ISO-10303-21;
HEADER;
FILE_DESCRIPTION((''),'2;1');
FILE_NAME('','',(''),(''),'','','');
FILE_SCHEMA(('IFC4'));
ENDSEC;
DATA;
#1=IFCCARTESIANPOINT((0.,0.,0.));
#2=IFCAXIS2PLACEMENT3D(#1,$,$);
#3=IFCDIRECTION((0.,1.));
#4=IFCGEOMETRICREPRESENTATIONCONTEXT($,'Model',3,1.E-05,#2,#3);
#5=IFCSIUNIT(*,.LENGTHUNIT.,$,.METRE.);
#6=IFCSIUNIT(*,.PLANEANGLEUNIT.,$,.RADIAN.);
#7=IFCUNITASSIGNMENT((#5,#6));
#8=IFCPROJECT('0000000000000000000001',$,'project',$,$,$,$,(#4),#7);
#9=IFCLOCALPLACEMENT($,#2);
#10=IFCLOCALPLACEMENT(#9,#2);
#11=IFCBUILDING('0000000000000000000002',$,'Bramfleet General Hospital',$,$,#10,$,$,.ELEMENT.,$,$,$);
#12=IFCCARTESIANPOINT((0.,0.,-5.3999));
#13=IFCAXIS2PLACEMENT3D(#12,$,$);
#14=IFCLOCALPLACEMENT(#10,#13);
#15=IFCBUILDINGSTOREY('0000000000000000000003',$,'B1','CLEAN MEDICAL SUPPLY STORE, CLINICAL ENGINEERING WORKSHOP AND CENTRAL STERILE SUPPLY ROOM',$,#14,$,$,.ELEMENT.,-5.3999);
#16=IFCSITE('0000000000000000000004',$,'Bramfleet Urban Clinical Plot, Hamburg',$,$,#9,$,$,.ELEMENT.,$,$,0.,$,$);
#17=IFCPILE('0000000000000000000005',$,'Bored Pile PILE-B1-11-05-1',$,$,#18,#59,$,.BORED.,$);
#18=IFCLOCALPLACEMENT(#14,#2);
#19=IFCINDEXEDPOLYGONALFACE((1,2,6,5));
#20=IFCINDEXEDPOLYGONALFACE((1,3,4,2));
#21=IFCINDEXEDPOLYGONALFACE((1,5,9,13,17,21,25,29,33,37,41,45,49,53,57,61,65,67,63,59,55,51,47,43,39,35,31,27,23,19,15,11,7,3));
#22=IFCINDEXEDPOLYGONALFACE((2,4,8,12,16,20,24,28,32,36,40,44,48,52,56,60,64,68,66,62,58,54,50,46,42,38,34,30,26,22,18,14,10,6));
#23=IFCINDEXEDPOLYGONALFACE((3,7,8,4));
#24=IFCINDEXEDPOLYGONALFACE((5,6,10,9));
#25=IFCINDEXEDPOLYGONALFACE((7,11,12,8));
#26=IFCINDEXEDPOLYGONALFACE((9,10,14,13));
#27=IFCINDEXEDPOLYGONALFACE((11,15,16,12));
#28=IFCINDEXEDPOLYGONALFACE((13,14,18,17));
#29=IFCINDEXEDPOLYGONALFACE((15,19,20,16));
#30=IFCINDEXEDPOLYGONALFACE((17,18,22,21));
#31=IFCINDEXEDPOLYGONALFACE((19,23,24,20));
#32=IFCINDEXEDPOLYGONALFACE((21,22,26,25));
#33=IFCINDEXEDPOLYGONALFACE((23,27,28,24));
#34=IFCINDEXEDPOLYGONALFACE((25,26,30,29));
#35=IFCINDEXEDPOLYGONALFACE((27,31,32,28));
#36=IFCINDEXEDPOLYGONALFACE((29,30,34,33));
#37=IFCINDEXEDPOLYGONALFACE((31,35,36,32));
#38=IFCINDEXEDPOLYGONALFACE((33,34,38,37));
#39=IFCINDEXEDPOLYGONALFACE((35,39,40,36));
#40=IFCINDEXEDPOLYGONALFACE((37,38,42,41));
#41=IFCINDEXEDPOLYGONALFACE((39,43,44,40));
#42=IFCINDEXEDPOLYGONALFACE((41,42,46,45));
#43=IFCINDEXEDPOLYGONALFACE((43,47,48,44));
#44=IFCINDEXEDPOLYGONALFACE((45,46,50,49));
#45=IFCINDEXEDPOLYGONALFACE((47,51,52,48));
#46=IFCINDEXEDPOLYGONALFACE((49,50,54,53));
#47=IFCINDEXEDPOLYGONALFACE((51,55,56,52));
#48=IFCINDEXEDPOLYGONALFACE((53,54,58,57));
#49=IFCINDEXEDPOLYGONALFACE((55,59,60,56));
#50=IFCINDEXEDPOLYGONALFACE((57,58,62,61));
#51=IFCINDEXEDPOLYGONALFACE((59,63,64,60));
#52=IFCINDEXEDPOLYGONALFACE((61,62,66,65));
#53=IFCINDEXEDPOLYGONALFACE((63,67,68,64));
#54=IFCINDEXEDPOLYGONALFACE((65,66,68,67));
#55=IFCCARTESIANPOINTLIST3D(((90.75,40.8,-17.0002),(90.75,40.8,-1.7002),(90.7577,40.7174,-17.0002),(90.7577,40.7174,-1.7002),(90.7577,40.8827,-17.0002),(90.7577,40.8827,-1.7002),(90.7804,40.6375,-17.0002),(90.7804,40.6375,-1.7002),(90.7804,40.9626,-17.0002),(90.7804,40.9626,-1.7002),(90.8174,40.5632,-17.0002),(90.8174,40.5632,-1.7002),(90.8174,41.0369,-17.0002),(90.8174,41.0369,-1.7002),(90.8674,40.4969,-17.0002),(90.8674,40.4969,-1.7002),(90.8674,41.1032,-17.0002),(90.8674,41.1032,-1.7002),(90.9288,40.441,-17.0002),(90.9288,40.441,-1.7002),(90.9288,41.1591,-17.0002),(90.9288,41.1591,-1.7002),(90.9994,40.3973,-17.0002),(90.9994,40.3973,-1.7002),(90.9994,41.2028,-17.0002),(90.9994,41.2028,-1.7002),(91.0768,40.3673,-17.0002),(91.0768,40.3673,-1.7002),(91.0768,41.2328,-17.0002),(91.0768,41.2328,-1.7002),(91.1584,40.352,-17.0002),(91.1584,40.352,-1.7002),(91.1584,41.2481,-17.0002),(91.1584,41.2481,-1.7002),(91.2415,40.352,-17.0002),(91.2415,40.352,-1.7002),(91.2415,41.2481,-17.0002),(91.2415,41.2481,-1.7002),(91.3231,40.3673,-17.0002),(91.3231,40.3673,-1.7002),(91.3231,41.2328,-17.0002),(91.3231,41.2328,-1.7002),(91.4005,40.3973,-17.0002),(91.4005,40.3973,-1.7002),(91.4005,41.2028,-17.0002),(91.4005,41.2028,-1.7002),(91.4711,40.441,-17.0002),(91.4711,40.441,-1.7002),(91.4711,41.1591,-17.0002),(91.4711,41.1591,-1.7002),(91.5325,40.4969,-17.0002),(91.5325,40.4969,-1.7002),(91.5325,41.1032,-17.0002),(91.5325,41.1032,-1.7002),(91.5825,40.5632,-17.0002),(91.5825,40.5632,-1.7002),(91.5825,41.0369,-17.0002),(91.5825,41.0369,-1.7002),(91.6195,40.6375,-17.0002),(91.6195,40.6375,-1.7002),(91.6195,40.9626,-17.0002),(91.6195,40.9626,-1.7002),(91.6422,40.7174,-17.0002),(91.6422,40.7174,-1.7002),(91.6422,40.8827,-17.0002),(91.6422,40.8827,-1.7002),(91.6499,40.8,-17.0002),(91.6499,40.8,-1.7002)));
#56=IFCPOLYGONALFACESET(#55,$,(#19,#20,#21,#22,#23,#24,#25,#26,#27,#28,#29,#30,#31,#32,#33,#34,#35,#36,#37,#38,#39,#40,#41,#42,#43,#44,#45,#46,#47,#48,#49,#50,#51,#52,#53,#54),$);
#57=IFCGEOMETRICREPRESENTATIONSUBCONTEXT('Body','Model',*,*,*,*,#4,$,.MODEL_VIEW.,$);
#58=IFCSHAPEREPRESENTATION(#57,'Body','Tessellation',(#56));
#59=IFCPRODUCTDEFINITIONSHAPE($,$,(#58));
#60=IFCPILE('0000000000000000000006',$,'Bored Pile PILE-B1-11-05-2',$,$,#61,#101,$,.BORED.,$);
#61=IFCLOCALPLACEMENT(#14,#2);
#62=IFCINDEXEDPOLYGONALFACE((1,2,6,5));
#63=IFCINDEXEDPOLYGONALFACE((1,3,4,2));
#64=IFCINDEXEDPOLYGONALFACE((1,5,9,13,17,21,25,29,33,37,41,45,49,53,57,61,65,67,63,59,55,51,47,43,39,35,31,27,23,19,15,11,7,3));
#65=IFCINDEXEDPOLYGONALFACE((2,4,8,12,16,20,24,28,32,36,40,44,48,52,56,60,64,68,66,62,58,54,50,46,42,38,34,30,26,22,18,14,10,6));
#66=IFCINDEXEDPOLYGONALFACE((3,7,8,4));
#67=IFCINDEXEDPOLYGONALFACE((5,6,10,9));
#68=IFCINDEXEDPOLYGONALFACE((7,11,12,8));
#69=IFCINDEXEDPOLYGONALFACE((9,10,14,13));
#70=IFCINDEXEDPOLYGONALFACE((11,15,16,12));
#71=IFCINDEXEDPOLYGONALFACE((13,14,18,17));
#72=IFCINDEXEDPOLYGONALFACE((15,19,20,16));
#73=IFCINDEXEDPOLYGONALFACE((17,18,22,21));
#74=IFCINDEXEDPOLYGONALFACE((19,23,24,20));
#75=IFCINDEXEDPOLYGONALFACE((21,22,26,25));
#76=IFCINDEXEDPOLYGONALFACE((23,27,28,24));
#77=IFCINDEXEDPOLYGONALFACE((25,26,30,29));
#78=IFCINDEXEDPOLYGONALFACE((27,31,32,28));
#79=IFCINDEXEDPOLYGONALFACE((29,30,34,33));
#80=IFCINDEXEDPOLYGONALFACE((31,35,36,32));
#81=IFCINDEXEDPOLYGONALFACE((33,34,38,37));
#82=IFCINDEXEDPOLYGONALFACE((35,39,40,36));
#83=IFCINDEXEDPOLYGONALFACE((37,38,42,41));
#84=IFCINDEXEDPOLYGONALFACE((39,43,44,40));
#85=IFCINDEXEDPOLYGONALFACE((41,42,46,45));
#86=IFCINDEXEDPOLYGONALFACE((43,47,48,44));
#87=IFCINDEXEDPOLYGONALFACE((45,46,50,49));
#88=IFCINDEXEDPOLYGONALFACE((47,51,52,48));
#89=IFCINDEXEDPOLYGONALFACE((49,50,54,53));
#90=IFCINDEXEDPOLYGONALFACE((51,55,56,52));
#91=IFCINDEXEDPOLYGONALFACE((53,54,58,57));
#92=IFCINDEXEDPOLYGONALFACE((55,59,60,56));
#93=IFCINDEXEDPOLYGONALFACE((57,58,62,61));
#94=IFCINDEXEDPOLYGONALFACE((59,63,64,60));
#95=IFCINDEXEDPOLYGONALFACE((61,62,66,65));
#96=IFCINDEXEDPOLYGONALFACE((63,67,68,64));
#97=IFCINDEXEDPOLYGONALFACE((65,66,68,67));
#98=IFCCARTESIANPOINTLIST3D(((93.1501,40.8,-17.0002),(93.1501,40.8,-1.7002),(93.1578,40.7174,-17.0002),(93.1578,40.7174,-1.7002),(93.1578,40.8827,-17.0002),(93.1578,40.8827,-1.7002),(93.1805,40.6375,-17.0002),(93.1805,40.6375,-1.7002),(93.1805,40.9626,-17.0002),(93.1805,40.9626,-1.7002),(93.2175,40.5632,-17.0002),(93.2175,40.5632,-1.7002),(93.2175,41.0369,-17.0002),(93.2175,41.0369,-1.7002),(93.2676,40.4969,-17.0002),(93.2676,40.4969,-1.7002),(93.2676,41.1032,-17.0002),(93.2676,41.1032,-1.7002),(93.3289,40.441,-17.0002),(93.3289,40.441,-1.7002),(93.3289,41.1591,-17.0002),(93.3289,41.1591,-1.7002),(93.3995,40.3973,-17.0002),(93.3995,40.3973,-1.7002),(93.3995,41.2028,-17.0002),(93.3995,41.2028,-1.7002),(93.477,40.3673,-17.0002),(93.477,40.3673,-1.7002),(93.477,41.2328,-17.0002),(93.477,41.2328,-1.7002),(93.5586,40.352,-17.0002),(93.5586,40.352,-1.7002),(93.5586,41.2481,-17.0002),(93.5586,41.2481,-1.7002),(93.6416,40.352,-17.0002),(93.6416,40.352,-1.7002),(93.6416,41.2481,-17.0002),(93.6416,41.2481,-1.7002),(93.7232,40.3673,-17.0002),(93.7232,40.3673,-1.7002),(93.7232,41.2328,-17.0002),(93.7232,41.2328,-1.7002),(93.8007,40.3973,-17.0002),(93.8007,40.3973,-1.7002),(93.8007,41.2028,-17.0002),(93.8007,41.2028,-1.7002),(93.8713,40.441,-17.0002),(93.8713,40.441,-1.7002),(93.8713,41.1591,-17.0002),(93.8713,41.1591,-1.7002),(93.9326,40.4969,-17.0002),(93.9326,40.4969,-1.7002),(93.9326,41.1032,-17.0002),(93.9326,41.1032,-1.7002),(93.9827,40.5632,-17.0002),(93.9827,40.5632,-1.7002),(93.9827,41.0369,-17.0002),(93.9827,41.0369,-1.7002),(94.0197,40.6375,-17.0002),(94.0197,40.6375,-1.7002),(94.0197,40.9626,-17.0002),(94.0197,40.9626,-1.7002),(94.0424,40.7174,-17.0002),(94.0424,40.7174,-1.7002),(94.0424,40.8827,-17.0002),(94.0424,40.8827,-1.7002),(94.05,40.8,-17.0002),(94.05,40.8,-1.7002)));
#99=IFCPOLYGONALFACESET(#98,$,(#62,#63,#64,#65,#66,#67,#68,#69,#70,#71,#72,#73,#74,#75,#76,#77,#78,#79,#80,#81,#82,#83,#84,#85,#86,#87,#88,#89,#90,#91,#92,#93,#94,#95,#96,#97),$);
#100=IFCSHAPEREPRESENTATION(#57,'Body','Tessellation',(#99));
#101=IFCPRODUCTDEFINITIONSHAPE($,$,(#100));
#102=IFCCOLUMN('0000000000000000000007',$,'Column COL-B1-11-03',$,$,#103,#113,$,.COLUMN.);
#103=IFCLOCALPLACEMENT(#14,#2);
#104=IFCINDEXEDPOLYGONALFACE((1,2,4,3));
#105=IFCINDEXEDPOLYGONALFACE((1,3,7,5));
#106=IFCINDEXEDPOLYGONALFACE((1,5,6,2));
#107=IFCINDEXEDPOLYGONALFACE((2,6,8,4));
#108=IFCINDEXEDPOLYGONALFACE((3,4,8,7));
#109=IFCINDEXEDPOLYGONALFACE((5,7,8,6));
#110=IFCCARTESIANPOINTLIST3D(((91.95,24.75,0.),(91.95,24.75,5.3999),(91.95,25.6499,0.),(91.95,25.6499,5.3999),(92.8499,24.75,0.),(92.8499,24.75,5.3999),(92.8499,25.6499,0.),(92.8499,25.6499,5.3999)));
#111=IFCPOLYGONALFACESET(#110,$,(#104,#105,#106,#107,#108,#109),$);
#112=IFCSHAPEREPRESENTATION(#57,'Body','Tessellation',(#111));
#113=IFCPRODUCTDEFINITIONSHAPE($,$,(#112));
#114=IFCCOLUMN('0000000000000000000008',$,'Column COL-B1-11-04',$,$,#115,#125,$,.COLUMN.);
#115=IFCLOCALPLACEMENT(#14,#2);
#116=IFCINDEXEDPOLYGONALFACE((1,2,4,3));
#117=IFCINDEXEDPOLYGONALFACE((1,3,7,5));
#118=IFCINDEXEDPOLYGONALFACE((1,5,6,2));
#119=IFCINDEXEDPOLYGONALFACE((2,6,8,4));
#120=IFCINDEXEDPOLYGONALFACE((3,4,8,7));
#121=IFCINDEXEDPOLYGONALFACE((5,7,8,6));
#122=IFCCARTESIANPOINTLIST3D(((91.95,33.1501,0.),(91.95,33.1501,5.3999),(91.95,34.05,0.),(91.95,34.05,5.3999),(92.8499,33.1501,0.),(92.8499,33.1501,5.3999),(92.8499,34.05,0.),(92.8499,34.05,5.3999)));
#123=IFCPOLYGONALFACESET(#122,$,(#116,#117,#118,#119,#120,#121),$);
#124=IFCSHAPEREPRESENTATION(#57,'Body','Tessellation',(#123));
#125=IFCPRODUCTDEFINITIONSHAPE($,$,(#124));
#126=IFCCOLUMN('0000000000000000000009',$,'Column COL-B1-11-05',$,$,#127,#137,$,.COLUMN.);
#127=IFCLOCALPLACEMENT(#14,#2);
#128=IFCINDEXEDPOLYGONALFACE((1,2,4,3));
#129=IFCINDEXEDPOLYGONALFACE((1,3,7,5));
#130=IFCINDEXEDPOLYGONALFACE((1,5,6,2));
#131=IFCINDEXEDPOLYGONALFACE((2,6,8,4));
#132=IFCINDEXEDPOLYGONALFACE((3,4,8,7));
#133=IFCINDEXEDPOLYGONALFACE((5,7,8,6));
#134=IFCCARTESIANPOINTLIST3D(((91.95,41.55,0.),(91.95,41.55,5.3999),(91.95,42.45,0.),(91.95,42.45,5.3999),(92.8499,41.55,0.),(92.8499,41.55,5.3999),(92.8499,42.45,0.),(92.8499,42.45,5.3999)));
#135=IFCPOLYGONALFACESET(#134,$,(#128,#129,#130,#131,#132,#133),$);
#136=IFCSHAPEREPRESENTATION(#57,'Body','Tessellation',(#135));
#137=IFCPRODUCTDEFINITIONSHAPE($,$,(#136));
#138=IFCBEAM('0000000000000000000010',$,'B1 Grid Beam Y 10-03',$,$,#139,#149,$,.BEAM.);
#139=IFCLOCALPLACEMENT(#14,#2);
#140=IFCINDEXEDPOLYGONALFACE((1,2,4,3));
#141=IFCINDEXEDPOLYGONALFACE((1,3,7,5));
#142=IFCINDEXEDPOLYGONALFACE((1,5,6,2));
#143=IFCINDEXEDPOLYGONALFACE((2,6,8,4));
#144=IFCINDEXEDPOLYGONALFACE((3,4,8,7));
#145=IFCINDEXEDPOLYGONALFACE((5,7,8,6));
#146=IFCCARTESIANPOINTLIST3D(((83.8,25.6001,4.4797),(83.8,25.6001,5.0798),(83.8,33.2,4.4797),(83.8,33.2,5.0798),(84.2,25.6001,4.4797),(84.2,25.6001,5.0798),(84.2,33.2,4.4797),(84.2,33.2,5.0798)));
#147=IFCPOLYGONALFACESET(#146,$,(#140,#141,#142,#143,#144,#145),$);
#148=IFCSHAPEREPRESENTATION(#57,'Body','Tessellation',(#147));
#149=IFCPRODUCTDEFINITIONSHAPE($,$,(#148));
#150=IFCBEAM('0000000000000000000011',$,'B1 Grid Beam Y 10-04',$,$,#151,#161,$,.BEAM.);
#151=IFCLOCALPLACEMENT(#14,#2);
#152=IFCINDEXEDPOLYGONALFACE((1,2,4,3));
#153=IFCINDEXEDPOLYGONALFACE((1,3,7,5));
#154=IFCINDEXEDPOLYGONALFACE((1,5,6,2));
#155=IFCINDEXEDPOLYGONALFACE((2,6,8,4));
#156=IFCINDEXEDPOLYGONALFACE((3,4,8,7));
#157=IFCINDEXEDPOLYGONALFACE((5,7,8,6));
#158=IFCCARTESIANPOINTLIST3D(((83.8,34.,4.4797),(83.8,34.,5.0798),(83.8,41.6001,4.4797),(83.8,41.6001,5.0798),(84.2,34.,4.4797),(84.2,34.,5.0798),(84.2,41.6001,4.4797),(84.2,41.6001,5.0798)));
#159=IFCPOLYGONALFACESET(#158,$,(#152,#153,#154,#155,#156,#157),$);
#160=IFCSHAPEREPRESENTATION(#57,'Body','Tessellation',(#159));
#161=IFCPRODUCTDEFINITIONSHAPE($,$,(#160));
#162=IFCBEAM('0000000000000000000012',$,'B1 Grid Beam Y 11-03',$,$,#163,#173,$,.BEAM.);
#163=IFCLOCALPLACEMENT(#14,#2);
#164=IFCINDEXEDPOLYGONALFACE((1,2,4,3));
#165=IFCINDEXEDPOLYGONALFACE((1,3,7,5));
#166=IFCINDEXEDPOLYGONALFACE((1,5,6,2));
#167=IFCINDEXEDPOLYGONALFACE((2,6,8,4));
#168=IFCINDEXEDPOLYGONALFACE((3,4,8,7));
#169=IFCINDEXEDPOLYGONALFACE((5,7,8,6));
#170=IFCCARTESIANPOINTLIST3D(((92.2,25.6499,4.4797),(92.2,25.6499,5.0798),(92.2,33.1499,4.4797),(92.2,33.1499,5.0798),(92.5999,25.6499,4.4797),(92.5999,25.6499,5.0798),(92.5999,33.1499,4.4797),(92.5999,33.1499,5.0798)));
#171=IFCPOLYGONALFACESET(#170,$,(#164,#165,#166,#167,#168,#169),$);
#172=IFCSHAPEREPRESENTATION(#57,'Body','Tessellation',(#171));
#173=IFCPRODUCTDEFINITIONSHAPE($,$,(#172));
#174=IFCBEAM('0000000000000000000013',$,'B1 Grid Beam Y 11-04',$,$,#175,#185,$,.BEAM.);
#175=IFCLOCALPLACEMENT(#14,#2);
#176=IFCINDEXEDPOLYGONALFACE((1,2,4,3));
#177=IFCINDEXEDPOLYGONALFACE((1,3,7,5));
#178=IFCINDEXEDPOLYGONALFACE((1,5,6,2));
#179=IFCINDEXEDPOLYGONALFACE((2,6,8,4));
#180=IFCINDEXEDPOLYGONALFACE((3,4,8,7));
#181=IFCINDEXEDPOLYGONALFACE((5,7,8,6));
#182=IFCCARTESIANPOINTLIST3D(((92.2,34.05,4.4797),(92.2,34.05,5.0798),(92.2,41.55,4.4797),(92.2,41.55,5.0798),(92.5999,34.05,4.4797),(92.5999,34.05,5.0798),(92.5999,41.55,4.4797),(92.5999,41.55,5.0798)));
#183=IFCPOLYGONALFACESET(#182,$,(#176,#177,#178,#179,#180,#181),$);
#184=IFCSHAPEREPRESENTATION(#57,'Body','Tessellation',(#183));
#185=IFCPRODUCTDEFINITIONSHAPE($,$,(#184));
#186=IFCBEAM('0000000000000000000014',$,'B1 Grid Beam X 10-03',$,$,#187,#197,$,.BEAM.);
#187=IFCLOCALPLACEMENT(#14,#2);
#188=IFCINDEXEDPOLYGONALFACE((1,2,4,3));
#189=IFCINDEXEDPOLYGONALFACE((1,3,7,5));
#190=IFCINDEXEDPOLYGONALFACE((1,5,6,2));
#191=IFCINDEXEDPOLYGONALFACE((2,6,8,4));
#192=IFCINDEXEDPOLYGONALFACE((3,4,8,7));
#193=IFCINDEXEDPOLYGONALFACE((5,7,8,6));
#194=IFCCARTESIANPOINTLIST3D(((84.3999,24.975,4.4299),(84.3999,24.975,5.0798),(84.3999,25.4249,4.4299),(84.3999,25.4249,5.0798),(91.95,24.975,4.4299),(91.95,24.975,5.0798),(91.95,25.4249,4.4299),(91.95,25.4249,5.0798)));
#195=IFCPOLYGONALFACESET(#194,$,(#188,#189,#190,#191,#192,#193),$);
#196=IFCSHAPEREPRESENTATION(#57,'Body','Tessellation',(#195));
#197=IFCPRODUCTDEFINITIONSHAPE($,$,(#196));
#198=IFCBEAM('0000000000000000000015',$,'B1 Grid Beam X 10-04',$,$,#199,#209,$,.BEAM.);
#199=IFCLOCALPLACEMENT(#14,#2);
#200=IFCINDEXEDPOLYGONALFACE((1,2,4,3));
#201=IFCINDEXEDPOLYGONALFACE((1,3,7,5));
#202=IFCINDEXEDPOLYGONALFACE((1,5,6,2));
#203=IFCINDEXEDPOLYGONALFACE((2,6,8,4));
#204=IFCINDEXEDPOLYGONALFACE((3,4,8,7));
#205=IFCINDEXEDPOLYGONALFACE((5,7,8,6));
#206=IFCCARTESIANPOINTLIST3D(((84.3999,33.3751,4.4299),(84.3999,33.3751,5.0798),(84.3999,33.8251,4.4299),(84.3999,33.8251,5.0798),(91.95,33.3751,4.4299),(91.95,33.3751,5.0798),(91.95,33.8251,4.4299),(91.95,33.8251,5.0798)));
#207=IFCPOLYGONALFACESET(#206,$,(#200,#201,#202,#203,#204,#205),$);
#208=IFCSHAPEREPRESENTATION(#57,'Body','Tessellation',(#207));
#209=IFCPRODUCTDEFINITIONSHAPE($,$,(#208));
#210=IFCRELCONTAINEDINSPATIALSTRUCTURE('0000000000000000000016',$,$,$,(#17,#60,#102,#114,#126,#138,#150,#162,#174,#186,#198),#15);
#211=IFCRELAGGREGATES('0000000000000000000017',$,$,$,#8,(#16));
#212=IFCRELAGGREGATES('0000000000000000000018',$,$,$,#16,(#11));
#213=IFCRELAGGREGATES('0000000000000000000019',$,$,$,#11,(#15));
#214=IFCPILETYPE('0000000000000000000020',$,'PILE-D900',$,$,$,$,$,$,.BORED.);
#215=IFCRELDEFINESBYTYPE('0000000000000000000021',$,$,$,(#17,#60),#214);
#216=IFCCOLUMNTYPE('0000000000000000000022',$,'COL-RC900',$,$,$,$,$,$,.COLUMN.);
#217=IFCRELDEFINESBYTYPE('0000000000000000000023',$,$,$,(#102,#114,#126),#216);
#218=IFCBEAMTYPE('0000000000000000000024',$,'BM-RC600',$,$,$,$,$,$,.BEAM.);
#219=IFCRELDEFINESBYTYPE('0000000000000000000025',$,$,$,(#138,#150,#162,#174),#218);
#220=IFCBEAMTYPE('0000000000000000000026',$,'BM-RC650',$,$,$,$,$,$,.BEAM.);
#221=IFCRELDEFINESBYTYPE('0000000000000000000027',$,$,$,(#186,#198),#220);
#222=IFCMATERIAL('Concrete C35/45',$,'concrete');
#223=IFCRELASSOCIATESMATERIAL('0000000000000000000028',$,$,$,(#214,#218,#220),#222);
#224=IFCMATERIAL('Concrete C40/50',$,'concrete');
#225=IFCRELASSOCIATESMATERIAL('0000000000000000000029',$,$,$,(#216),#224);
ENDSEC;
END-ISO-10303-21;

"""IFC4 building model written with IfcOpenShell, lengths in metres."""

from ifc_helpers import new_model, si_unit, direction, frame, origin, origin_2d, place, context, subcontext, project, spatial, rectangle, circle, extrude, material, material_profile, profile_set, type_object, element, save


model = new_model("IFC4")

# Units and contexts
model_context = context("Model", 3, precision=1e-05, world=origin(), true_north=direction((0.0, 1.0)))
body_context = subcontext(model_context, "Body", "Model", "MODEL_VIEW")
ifc_project = project(units=[si_unit("LENGTHUNIT", "METRE"), si_unit("PLANEANGLEUNIT", "RADIAN")], contexts=[model_context])

# Site, building, storey
site_placement = place(None, origin())
site = spatial("IfcSite", under=ifc_project, at=site_placement, Name="Bramfleet Urban Clinical Plot, Hamburg", CompositionType="ELEMENT", RefElevation=0.0)
building_placement = place(site_placement, origin())
building = spatial("IfcBuilding", under=site, at=building_placement, Name="Bramfleet General Hospital", CompositionType="ELEMENT")
storey_placement = place(building_placement, frame((0.0, 0.0, -5.3999)))
storey = spatial("IfcBuildingStorey", under=building, at=storey_placement, Name="B1", Description="CLEAN MEDICAL SUPPLY STORE, CLINICAL ENGINEERING WORKSHOP AND CENTRAL STERILE SUPPLY ROOM", CompositionType="ELEMENT", Elevation=-5.3999)

# Shared definitions
ifc_material_1 = material(Name="Concrete C35/45", Category="concrete")

# Piles
ifc_material_profile_1 = material_profile(ifc_material_1, circle(Radius=0.45, at=origin_2d()), Name="PILE BORED D900")
ifc_profile_set_1 = profile_set([ifc_material_profile_1], Name="Concrete C35/45")
pile_type_1 = type_object("IfcPileType", Name="PILE-D900", PredefinedType="BORED", material=ifc_profile_set_1)
for number, where, z_axis, x_axis, name in (
    (1, (91.2, 40.8, -1.7002), (0.0, 0.0, -1.0), (1.0, 0.0, 0.0), "Bored Pile PILE-B1-11-05-1"),
    (2, (93.6001, 40.8, -1.7002), (0.0, 0.0, -1.0), (1.0, 0.0, 0.0), "Bored Pile PILE-B1-11-05-2"),
):
    element("IfcPile", number, at=place(storey_placement, frame(where, z_axis=z_axis, x_axis=x_axis)), inside=storey, type_object=pile_type_1, Name=name, PredefinedType="BORED", context=body_context, shape_type="SweptSolid", body=[
        extrude(circle(Radius=0.45, at=origin_2d()), origin(), (0.0, 0.0, 1.0), 15.3),
    ])

# Columns
ifc_material_2 = material(Name="Concrete C40/50", Category="concrete")
ifc_material_profile_2 = material_profile(ifc_material_2, rectangle(XDim=0.8999, YDim=0.8999, at=origin_2d()), Name="RC COL 900x900")
ifc_profile_set_2 = profile_set([ifc_material_profile_2], Name="Concrete C40/50")
column_type = type_object("IfcColumnType", Name="COL-RC900", PredefinedType="COLUMN", material=ifc_profile_set_2)
for number, where, z_axis, x_axis, name in (
    (3, (92.3999, 25.2, 0.0), (0.0, 0.0, 1.0), (1.0, 0.0, 0.0), "Column COL-B1-11-03"),
    (4, (92.3999, 33.6001, 0.0), (0.0, 0.0, 1.0), (1.0, 0.0, 0.0), "Column COL-B1-11-04"),
    (5, (92.3999, 42.0, 0.0), (0.0, 0.0, 1.0), (1.0, 0.0, 0.0), "Column COL-B1-11-05"),
):
    element("IfcColumn", number, at=place(storey_placement, frame(where, z_axis=z_axis, x_axis=x_axis)), inside=storey, type_object=column_type, Name=name, PredefinedType="COLUMN", context=body_context, shape_type="SweptSolid", body=[
        extrude(rectangle(XDim=0.8999, YDim=0.8999, at=origin_2d()), origin(), (0.0, 0.0, 1.0), 5.3999),
    ])

# Beams
ifc_material_profile_3 = material_profile(ifc_material_1, rectangle(XDim=0.3999, YDim=0.6001, at=origin_2d()), Name="RC BM 600x400")
ifc_profile_set_3 = profile_set([ifc_material_profile_3], Name="Concrete C35/45")
beam_type_1 = type_object("IfcBeamType", Name="BM-RC600", PredefinedType="BEAM", material=ifc_profile_set_3)
beam_1_placement = place(storey_placement, frame((84.0, 25.6001, 4.7798), z_axis=(0.0, 1.0, 0.0), x_axis=(-1.0, 0.0, 0.0)))
element("IfcBeam", 6, at=beam_1_placement, inside=storey, type_object=beam_type_1, Name="B1 Grid Beam Y 10-03", PredefinedType="BEAM", context=body_context, shape_type="SweptSolid", body=[
    extrude(rectangle(XDim=0.3999, YDim=0.6001, at=origin_2d()), origin(), (0.0, 0.0, 1.0), 7.5999),
])
beam_2_placement = place(storey_placement, frame((84.0, 34.0, 4.7798), z_axis=(0.0, 1.0, 0.0), x_axis=(-1.0, 0.0, 0.0)))
element("IfcBeam", 7, at=beam_2_placement, inside=storey, type_object=beam_type_1, Name="B1 Grid Beam Y 10-04", PredefinedType="BEAM", context=body_context, shape_type="SweptSolid", body=[
    extrude(rectangle(XDim=0.3999, YDim=0.6001, at=origin_2d()), origin(), (0.0, 0.0, 1.0), 7.6001),
])
for number, where, z_axis, x_axis, name in (
    (8, (92.3999, 25.6499, 4.7798), (0.0, 1.0, 0.0), (-1.0, 0.0, 0.0), "B1 Grid Beam Y 11-03"),
    (9, (92.3999, 34.05, 4.7798), (0.0, 1.0, 0.0), (-1.0, 0.0, 0.0), "B1 Grid Beam Y 11-04"),
):
    element("IfcBeam", number, at=place(storey_placement, frame(where, z_axis=z_axis, x_axis=x_axis)), inside=storey, type_object=beam_type_1, Name=name, PredefinedType="BEAM", context=body_context, shape_type="SweptSolid", body=[
        extrude(rectangle(XDim=0.3999, YDim=0.6001, at=origin_2d()), origin(), (0.0, 0.0, 1.0), 7.5),
    ])
ifc_material_profile_4 = material_profile(ifc_material_1, rectangle(XDim=0.45, YDim=0.6499, at=origin_2d()), Name="RC BM 650x450")
ifc_profile_set_4 = profile_set([ifc_material_profile_4], Name="Concrete C35/45")
beam_type_2 = type_object("IfcBeamType", Name="BM-RC650", PredefinedType="BEAM", material=ifc_profile_set_4)
for number, where, z_axis, x_axis, name in (
    (10, (84.3999, 25.2, 4.7549), (1.0, 0.0, 0.0), (0.0, 1.0, 0.0), "B1 Grid Beam X 10-03"),
    (11, (84.3999, 33.6001, 4.7549), (1.0, 0.0, 0.0), (0.0, 1.0, 0.0), "B1 Grid Beam X 10-04"),
):
    element("IfcBeam", number, at=place(storey_placement, frame(where, z_axis=z_axis, x_axis=x_axis)), inside=storey, type_object=beam_type_2, Name=name, PredefinedType="BEAM", context=body_context, shape_type="SweptSolid", body=[
        extrude(rectangle(XDim=0.45, YDim=0.6499, at=origin_2d()), origin(), (0.0, 0.0, 1.0), 7.55),
    ])

save(model, "model.ifc")
